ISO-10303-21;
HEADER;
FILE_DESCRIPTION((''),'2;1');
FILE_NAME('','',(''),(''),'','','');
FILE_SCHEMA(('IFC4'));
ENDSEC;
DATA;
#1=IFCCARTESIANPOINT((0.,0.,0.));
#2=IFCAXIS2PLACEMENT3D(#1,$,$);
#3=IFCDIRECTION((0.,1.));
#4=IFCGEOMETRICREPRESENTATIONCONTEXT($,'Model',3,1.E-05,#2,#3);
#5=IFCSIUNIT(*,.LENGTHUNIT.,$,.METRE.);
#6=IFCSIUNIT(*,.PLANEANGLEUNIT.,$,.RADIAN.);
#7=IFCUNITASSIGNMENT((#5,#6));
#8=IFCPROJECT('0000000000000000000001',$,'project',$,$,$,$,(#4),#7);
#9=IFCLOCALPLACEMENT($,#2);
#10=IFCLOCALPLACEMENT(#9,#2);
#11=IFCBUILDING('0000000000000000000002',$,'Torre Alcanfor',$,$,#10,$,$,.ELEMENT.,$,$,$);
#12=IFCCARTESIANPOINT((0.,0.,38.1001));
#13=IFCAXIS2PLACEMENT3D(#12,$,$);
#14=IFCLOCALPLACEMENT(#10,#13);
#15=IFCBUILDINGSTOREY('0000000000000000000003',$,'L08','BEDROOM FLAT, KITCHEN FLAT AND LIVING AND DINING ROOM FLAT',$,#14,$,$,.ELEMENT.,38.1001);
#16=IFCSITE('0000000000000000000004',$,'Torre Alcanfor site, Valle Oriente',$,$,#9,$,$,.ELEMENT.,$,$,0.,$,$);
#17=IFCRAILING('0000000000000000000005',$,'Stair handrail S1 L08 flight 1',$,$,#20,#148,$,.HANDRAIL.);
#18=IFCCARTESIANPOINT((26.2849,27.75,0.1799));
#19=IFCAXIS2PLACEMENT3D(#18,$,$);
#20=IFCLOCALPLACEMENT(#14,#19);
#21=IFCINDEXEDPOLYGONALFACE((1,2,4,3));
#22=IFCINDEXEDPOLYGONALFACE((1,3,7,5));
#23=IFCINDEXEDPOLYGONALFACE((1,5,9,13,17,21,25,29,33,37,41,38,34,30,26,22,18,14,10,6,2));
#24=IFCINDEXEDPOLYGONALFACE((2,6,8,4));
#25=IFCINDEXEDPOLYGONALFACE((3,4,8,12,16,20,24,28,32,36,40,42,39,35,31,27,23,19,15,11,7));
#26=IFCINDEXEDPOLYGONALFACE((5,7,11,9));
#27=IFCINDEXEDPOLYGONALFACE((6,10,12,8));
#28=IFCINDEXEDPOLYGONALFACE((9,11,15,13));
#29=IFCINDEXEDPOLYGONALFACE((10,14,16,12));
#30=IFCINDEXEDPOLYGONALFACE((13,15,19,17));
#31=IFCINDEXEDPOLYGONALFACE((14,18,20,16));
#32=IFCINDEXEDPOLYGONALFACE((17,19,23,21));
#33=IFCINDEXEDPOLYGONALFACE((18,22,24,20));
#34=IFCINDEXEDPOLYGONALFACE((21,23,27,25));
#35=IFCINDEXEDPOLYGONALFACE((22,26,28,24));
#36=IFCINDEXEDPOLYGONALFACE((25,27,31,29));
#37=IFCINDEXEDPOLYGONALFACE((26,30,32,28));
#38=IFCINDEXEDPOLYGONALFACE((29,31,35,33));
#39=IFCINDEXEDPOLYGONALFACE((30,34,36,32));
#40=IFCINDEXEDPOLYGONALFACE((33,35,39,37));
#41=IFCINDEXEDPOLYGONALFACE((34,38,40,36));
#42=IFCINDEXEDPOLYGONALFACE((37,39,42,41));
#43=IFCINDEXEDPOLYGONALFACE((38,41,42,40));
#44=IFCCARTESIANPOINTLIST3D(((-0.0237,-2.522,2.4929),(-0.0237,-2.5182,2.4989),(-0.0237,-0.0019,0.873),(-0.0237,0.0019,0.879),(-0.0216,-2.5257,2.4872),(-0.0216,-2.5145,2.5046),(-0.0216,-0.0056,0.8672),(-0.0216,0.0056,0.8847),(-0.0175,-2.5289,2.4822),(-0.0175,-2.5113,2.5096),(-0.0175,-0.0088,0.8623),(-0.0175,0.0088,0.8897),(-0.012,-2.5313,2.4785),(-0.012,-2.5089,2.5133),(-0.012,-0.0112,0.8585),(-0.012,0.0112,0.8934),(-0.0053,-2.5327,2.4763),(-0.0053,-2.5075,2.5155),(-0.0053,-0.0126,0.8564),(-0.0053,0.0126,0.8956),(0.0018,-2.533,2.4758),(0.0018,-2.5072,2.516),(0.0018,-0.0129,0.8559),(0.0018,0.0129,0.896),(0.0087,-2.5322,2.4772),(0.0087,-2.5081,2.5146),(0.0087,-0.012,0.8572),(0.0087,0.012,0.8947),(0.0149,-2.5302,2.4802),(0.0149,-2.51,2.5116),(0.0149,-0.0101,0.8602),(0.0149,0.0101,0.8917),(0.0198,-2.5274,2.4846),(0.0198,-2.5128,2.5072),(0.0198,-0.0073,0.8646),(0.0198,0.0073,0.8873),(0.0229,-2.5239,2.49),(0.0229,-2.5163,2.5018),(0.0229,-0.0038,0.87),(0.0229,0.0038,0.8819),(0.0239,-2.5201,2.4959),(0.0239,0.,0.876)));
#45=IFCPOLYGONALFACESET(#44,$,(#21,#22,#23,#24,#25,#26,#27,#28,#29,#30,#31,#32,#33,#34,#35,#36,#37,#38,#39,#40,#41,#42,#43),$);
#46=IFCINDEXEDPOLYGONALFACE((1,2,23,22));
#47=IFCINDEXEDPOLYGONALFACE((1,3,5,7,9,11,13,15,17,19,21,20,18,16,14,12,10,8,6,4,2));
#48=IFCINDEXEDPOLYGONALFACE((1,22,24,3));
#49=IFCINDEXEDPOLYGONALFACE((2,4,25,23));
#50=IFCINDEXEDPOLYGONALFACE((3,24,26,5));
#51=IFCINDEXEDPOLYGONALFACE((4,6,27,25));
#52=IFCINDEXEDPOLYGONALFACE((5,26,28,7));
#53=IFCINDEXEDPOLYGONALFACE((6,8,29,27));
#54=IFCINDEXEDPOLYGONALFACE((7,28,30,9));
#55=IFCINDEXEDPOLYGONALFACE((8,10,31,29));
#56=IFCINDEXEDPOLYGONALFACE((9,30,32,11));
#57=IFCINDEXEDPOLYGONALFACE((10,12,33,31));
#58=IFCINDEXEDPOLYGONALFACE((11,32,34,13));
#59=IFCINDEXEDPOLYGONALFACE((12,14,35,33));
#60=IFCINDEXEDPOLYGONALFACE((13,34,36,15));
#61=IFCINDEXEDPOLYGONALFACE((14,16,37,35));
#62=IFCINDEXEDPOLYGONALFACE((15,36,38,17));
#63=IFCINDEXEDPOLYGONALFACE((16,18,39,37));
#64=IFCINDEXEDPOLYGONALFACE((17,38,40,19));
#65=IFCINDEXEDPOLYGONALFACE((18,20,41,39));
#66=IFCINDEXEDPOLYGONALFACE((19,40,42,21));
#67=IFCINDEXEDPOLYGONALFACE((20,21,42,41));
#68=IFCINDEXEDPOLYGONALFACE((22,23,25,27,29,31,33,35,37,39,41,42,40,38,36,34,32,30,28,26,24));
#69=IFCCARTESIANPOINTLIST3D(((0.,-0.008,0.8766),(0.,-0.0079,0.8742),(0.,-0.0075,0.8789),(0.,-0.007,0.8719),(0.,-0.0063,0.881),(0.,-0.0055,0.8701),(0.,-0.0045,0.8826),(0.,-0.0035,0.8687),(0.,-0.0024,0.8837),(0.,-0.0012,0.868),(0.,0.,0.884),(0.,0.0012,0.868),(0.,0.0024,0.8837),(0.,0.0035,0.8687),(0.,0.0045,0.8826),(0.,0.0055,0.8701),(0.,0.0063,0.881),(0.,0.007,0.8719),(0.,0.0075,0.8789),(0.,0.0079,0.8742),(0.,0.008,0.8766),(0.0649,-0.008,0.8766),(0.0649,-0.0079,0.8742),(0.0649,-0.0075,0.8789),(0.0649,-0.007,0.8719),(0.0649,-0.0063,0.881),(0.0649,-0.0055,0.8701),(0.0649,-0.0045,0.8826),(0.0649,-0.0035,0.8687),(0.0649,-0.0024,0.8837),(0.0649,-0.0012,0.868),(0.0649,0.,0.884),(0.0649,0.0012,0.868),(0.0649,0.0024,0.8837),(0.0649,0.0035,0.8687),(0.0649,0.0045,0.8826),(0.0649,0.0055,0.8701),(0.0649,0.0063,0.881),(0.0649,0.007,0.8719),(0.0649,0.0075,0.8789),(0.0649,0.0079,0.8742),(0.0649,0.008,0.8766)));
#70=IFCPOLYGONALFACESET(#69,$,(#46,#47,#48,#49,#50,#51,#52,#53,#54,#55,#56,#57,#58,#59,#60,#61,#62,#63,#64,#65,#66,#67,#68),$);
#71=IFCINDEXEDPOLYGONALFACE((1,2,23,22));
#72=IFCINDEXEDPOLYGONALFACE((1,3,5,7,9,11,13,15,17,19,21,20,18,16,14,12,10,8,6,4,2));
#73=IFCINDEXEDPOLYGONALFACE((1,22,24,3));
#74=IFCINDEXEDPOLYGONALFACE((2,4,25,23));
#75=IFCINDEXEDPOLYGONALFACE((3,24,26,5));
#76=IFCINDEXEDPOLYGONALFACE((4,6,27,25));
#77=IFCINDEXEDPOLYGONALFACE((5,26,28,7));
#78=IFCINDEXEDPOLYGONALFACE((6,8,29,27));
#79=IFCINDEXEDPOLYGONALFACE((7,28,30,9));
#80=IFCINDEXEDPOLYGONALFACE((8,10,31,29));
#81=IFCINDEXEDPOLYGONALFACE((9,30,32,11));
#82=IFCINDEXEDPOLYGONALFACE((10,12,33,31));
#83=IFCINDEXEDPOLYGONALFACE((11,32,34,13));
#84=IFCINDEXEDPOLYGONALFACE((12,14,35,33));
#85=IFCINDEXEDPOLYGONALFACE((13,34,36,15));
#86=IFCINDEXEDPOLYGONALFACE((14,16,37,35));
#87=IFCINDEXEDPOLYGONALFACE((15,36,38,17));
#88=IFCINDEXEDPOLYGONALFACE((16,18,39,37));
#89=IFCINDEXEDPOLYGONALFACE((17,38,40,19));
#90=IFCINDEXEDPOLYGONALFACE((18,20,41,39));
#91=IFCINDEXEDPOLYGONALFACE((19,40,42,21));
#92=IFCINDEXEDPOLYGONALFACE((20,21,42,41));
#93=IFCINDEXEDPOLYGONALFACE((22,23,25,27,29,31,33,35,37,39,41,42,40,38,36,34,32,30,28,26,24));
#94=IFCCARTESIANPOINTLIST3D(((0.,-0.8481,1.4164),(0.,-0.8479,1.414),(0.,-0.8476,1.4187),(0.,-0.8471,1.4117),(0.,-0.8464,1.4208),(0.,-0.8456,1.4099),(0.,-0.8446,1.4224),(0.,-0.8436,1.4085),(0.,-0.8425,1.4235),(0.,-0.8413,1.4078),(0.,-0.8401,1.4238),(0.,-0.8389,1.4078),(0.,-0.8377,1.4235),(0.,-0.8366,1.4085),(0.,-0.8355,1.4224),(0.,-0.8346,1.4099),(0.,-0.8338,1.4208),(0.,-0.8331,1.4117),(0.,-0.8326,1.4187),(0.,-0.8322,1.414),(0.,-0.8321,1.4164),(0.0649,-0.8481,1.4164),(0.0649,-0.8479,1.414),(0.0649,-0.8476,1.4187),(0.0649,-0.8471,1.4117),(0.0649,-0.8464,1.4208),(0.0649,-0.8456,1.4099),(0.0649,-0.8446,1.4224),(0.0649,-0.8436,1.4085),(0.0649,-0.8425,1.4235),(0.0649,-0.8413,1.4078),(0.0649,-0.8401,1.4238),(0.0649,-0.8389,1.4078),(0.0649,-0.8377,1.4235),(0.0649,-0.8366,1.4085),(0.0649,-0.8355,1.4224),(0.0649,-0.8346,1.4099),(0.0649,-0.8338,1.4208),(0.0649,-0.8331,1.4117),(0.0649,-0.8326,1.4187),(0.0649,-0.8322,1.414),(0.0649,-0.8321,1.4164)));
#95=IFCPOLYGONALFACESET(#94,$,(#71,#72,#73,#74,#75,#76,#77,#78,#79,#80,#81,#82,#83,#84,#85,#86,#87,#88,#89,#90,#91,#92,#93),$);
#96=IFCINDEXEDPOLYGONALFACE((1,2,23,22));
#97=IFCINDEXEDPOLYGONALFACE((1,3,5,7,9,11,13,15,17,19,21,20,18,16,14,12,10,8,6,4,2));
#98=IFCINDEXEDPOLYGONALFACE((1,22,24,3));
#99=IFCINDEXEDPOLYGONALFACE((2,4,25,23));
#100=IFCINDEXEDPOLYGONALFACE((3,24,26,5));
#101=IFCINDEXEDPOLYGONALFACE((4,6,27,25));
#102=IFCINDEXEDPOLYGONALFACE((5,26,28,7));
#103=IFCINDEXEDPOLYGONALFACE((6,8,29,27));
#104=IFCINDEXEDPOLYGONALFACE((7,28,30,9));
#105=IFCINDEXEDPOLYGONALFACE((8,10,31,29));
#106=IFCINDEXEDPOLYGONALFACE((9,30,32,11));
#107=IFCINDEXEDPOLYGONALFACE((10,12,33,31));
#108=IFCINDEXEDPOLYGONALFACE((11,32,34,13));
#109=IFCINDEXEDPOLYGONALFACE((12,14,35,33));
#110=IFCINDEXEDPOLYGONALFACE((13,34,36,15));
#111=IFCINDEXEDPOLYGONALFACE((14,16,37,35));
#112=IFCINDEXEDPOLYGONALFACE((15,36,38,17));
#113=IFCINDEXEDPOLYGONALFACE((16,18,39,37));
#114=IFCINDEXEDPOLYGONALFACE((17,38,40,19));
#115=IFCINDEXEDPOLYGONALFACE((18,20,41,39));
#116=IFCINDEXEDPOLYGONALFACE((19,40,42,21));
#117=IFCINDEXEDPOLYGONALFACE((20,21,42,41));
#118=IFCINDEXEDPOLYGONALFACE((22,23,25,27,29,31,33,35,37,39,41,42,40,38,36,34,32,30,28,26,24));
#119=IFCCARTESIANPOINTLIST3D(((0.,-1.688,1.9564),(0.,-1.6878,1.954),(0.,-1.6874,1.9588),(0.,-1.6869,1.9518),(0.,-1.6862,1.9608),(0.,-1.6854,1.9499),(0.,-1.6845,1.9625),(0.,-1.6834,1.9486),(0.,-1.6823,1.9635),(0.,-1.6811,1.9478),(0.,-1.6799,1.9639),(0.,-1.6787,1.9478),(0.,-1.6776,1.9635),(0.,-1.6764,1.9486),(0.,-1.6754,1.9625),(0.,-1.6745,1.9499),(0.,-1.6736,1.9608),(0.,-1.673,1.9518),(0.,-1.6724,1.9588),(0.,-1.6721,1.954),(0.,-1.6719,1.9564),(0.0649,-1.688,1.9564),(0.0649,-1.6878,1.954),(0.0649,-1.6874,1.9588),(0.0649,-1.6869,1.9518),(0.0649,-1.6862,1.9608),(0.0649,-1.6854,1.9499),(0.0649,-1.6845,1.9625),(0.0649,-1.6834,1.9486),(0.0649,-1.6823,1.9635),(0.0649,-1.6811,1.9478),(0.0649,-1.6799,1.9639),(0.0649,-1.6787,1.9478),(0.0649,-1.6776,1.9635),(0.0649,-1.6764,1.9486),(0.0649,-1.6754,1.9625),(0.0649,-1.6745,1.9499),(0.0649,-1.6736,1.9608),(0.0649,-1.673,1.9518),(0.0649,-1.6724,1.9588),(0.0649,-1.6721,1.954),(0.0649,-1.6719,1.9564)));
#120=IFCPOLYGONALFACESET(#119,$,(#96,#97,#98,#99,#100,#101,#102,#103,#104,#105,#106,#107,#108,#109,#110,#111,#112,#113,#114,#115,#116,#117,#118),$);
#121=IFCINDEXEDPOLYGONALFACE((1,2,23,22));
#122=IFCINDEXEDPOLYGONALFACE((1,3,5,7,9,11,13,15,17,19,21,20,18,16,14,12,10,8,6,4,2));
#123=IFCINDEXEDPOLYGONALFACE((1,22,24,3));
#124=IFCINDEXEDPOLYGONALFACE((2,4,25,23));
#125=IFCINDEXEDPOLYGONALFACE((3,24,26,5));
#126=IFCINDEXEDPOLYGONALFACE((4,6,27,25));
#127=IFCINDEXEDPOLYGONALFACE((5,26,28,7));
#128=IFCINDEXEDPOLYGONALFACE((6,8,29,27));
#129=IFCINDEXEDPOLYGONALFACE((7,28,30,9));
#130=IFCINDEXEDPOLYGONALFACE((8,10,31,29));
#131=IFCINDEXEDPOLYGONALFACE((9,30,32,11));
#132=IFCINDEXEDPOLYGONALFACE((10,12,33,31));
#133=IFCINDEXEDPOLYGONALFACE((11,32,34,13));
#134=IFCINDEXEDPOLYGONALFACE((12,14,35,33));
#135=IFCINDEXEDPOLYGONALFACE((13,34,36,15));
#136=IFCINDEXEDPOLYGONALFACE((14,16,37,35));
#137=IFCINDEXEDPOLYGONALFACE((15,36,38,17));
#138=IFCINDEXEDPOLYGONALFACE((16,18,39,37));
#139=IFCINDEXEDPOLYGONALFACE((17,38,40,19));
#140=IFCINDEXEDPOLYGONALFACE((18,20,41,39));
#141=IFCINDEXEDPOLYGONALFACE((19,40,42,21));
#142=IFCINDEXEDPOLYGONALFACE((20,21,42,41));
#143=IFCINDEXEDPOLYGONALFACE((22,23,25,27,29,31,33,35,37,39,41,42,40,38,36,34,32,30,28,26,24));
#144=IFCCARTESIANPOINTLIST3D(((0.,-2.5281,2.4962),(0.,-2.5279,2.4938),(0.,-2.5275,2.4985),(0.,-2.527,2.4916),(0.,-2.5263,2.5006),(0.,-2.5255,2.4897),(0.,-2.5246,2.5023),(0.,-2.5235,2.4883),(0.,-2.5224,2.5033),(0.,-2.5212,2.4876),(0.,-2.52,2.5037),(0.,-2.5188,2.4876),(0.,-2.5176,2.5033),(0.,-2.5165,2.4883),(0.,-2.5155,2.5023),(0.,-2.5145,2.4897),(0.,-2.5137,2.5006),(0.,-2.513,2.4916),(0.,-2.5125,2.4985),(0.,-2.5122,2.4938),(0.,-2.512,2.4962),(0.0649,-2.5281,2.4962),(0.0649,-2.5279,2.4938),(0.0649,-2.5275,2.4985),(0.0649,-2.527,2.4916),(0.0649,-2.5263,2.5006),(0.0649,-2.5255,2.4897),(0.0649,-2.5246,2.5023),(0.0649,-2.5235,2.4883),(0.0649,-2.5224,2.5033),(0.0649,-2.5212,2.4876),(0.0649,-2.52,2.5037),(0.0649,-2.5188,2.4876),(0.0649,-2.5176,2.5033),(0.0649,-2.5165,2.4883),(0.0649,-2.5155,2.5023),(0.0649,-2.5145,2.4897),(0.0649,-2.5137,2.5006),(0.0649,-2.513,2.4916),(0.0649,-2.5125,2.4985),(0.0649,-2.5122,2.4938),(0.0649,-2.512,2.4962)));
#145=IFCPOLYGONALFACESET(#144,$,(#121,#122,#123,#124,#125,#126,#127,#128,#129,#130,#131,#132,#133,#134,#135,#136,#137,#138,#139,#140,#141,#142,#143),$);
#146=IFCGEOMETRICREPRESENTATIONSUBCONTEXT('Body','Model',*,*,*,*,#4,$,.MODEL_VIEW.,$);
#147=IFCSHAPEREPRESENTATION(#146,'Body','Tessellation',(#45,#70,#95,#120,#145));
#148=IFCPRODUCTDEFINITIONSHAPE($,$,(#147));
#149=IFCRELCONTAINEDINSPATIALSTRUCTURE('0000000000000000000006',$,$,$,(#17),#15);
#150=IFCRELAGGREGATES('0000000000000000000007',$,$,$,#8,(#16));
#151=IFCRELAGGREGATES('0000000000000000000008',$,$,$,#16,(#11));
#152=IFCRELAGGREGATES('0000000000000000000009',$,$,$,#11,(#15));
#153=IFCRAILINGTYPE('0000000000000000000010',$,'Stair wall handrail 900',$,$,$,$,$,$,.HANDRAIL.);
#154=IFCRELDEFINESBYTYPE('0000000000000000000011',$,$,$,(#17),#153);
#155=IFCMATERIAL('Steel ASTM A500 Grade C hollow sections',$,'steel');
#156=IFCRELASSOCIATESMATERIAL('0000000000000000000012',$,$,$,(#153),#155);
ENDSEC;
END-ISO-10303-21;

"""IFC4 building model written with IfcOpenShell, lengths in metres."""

from ifc_helpers import new_model, si_unit, direction, frame, origin, origin_2d, place, context, subcontext, project, spatial, circle, extrude, material, type_object, element, save


model = new_model("IFC4")

# Units and contexts
model_context = context("Model", 3, precision=1e-05, world=origin(), true_north=direction((0.0, 1.0)))
body_context = subcontext(model_context, "Body", "Model", "MODEL_VIEW")
ifc_project = project(units=[si_unit("LENGTHUNIT", "METRE"), si_unit("PLANEANGLEUNIT", "RADIAN")], contexts=[model_context])

# Site, building, storey
site_placement = place(None, origin())
site = spatial("IfcSite", under=ifc_project, at=site_placement, Name="Torre Alcanfor site, Valle Oriente", CompositionType="ELEMENT", RefElevation=0.0)
building_placement = place(site_placement, origin())
building = spatial("IfcBuilding", under=site, at=building_placement, Name="Torre Alcanfor", CompositionType="ELEMENT")
storey_placement = place(building_placement, frame((0.0, 0.0, 38.1001)))
storey = spatial("IfcBuildingStorey", under=building, at=storey_placement, Name="L08", Description="BEDROOM FLAT, KITCHEN FLAT AND LIVING AND DINING ROOM FLAT", CompositionType="ELEMENT", Elevation=38.1001)

# Railing
ifc_material_1 = material(Name="Steel ASTM A500 Grade C hollow sections", Category="steel")
railing_type_1 = type_object("IfcRailingType", Name="Stair wall handrail 900", PredefinedType="HANDRAIL", material=ifc_material_1)
railing_1_placement = place(storey_placement, frame((26.2849, 27.75, 0.1799)))
element("IfcRailing", 1, at=railing_1_placement, inside=storey, type_object=railing_type_1, Name="Stair handrail S1 L08 flight 1", PredefinedType="HANDRAIL", context=body_context, shape_type="SweptSolid", body=[
    extrude(circle(Radius=0.0239, at=origin_2d()), frame((0.0, 0.0, 0.876), z_axis=(0.0, -0.8412, 0.540725), x_axis=(1.0, 0.0, 0.0)), (0.0, 0.0, 1.0), 2.9958),
    extrude(circle(Radius=0.0081, at=origin_2d()), frame((0.0, 0.0, 0.876), z_axis=(1.0, 0.0, 0.0), x_axis=(0.0, 0.0, 1.0)), (0.0, 0.0, 1.0), 0.0649),
    extrude(circle(Radius=0.0081, at=origin_2d()), frame((0.0, -0.8401, 1.4158), z_axis=(1.0, 0.0, 0.0), x_axis=(0.0, 0.0, 1.0)), (0.0, 0.0, 1.0), 0.0649),
    extrude(circle(Radius=0.0081, at=origin_2d()), frame((0.0, -1.6799, 1.9558), z_axis=(1.0, 0.0, 0.0), x_axis=(0.0, 0.0, 1.0)), (0.0, 0.0, 1.0), 0.0649),
    extrude(circle(Radius=0.0081, at=origin_2d()), frame((0.0, -2.52, 2.4956), z_axis=(1.0, 0.0, 0.0), x_axis=(0.0, 0.0, 1.0)), (0.0, 0.0, 1.0), 0.0649),
])

save(model, "model.ifc")
